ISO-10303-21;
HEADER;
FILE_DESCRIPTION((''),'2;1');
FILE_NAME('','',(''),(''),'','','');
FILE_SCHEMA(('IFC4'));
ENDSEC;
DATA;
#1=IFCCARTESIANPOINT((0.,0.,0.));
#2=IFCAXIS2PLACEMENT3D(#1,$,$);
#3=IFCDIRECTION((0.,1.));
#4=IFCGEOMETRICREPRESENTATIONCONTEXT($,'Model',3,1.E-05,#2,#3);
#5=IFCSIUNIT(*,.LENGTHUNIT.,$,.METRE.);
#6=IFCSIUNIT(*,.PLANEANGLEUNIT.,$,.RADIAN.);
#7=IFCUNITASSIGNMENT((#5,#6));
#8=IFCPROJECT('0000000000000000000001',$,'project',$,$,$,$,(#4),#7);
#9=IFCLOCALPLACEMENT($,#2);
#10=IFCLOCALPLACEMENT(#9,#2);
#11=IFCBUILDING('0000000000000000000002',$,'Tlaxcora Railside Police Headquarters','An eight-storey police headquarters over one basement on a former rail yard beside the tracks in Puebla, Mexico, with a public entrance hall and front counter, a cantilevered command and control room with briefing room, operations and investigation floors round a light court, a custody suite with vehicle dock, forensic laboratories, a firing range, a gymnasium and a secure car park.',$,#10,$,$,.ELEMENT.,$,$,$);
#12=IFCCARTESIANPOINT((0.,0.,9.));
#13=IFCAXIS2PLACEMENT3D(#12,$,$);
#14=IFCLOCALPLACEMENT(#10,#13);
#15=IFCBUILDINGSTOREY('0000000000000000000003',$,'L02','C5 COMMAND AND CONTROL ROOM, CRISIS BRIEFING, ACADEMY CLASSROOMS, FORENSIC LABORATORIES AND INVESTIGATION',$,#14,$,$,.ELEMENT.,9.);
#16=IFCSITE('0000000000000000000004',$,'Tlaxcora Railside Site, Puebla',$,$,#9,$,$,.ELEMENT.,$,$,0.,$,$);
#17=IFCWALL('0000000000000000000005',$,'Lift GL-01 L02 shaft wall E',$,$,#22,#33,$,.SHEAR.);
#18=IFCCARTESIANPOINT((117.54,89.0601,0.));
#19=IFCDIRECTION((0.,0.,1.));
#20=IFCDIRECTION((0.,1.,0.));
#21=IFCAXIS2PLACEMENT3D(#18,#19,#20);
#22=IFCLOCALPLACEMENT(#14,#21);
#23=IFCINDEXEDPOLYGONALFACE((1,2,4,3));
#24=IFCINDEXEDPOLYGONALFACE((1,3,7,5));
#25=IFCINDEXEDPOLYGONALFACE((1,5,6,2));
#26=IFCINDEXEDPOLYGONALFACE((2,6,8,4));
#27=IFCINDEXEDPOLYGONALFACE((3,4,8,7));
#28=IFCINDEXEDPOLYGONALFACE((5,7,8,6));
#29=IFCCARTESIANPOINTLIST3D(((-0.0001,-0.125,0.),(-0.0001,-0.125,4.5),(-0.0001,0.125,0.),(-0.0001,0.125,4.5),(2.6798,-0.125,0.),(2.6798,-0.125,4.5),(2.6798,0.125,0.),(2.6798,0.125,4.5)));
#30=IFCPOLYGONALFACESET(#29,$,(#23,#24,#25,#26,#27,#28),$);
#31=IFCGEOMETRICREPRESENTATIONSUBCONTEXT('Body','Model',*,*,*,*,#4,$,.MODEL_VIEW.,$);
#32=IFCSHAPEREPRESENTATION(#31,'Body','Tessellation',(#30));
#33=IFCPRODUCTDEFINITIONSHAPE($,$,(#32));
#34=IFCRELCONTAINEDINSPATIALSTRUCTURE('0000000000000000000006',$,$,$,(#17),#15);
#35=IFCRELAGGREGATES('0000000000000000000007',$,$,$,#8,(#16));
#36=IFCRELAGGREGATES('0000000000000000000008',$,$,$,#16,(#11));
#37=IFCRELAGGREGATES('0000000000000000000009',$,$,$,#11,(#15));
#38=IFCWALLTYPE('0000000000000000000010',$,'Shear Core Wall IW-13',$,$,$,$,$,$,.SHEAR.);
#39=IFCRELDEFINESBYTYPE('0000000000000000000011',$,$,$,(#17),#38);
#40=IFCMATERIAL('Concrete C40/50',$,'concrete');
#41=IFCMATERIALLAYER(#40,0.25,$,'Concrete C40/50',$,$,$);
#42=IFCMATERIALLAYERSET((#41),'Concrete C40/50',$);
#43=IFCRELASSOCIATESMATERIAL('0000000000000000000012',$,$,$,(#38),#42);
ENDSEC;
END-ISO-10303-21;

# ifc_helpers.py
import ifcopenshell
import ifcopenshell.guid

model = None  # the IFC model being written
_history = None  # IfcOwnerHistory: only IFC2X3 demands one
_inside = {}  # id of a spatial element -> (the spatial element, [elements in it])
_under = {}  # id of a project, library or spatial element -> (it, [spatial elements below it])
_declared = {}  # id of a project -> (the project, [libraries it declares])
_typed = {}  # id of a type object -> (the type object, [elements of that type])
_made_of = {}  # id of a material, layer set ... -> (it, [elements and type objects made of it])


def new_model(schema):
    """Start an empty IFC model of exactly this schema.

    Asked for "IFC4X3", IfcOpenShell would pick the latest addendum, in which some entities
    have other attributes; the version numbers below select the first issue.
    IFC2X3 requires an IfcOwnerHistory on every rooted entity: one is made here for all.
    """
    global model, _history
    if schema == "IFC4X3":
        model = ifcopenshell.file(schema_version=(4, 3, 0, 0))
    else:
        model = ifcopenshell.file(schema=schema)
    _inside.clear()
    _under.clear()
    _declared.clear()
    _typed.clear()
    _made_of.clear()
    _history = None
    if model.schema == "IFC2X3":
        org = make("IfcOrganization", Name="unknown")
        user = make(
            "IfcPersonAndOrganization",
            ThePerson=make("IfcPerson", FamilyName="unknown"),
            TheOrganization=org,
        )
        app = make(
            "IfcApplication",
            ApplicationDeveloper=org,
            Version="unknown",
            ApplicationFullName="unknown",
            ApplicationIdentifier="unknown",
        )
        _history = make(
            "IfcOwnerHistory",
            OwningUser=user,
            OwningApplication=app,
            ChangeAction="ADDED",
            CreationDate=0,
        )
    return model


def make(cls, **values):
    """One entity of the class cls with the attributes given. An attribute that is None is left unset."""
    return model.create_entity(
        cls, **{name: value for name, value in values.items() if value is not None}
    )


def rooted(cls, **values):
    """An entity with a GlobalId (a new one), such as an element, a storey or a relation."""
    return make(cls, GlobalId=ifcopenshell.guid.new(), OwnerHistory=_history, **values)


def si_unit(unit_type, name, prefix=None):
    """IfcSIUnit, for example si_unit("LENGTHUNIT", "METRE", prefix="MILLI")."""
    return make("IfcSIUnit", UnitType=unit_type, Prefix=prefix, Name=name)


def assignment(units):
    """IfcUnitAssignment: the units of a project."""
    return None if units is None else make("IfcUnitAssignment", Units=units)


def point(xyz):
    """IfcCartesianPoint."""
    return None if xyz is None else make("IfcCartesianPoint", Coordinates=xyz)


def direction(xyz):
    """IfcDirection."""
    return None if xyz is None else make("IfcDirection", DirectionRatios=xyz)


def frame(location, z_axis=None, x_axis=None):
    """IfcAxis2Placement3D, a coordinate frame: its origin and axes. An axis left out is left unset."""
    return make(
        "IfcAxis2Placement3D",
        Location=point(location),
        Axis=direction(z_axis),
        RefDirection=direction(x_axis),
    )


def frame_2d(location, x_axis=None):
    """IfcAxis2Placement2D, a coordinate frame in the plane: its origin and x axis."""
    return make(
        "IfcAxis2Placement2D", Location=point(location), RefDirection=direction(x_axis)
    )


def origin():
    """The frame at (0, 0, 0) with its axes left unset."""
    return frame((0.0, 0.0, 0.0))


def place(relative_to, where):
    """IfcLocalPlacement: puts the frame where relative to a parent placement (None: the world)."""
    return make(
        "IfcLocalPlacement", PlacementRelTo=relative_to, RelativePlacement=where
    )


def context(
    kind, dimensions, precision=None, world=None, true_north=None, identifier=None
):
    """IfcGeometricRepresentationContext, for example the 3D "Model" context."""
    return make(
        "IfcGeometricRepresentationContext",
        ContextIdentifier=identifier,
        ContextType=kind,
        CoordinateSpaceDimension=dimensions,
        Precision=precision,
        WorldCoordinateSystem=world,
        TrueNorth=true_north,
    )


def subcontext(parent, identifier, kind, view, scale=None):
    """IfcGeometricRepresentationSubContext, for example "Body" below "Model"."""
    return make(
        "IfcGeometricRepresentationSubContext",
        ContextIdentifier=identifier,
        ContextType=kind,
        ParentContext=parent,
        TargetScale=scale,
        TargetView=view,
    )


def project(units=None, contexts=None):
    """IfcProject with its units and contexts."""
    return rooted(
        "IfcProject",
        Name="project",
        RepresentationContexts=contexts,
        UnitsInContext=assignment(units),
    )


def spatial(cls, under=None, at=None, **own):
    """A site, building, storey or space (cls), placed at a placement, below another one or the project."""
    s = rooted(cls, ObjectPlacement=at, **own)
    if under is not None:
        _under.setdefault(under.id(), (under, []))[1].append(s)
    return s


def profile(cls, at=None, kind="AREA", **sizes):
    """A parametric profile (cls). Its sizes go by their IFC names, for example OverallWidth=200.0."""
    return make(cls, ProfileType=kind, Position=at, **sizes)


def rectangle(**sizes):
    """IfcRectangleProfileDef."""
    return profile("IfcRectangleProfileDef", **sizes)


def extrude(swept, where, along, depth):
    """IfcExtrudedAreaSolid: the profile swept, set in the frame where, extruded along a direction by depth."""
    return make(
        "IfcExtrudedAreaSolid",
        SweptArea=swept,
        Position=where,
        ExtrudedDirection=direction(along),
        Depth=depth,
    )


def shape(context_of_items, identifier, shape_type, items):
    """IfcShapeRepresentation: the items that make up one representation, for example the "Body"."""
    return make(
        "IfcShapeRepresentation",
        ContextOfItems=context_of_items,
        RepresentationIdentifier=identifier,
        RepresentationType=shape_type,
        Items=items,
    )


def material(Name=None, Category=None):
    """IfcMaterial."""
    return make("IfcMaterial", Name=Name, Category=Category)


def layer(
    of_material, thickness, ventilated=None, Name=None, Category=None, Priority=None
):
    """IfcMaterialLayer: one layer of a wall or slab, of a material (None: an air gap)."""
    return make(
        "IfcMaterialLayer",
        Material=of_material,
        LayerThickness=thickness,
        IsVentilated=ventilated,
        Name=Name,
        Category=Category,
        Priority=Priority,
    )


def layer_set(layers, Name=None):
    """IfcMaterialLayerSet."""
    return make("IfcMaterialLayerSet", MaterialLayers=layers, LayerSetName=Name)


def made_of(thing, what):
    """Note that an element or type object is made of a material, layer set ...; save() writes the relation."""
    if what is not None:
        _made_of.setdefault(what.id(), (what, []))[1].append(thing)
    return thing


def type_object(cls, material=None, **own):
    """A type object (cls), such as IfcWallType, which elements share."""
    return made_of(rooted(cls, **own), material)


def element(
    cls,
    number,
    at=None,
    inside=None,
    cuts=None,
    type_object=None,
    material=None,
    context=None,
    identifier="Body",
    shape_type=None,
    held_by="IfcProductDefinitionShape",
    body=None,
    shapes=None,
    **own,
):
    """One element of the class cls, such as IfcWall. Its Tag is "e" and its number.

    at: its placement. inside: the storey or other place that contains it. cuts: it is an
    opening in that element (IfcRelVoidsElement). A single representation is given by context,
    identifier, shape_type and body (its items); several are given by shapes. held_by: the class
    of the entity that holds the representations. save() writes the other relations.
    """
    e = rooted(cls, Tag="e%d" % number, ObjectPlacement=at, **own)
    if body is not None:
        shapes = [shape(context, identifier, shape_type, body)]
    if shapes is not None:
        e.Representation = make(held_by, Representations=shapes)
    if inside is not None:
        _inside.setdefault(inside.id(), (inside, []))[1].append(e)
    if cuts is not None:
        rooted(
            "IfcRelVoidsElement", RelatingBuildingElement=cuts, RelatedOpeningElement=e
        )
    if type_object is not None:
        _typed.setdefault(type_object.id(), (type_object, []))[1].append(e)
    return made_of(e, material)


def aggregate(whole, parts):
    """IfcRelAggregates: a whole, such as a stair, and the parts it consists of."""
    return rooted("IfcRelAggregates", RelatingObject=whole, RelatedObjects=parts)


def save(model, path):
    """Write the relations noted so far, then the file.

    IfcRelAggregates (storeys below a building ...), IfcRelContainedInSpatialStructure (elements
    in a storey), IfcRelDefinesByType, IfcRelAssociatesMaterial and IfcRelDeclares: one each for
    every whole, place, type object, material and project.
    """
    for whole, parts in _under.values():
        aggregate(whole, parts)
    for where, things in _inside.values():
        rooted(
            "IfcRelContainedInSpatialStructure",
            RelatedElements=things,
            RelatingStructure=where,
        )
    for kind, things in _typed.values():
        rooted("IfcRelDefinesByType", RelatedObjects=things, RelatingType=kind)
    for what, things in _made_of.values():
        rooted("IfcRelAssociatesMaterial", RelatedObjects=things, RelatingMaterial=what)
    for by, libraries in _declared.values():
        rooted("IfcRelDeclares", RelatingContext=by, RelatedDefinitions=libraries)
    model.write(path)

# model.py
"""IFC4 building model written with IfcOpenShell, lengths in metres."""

from ifc_helpers import new_model, si_unit, direction, frame, frame_2d, origin, place, context, subcontext, project, spatial, rectangle, extrude, material, layer, layer_set, type_object, element, save


model = new_model("IFC4")

# Units and contexts
model_context = context("Model", 3, precision=1e-05, world=origin(), true_north=direction((0.0, 1.0)))
body_context = subcontext(model_context, "Body", "Model", "MODEL_VIEW")
ifc_project = project(units=[si_unit("LENGTHUNIT", "METRE"), si_unit("PLANEANGLEUNIT", "RADIAN")], contexts=[model_context])

# Site, building, storey
site_placement = place(None, origin())
site = spatial("IfcSite", under=ifc_project, at=site_placement, Name="Tlaxcora Railside Site, Puebla", CompositionType="ELEMENT", RefElevation=0.0)
building_placement = place(site_placement, origin())
building = spatial("IfcBuilding", under=site, at=building_placement, Name="Tlaxcora Railside Police Headquarters", Description="An eight-storey police headquarters over one basement on a former rail yard beside the tracks in Puebla, Mexico, with a public entrance hall and front counter, a cantilevered command and control room with briefing room, operations and investigation floors round a light court, a custody suite with vehicle dock, forensic laboratories, a firing range, a gymnasium and a secure car park.", CompositionType="ELEMENT")
storey_placement = place(building_placement, frame((0.0, 0.0, 9.0)))
storey = spatial("IfcBuildingStorey", under=building, at=storey_placement, Name="L02", Description="C5 COMMAND AND CONTROL ROOM, CRISIS BRIEFING, ACADEMY CLASSROOMS, FORENSIC LABORATORIES AND INVESTIGATION", CompositionType="ELEMENT", Elevation=9.0)

# Shared definitions
ifc_material_1 = material(Name="Concrete C40/50", Category="concrete")

# Wall
ifc_layer_1 = layer(ifc_material_1, 0.25, Name="Concrete C40/50")
ifc_layer_set_1 = layer_set([ifc_layer_1], Name="Concrete C40/50")
wall_type_1 = type_object("IfcWallType", Name="Shear Core Wall IW-13", PredefinedType="SHEAR", material=ifc_layer_set_1)
wall_1_placement = place(storey_placement, frame((117.54, 89.0601, 0.0), z_axis=(0.0, 0.0, 1.0), x_axis=(0.0, 1.0, 0.0)))
element("IfcWall", 1, at=wall_1_placement, inside=storey, type_object=wall_type_1, Name="Lift GL-01 L02 shaft wall E", PredefinedType="SHEAR", context=body_context, shape_type="SweptSolid", body=[
    extrude(rectangle(XDim=2.6799, YDim=0.25, at=frame_2d((1.3398, 0.0))), origin(), (0.0, 0.0, 1.0), 4.5),
])

save(model, "model.ifc")
